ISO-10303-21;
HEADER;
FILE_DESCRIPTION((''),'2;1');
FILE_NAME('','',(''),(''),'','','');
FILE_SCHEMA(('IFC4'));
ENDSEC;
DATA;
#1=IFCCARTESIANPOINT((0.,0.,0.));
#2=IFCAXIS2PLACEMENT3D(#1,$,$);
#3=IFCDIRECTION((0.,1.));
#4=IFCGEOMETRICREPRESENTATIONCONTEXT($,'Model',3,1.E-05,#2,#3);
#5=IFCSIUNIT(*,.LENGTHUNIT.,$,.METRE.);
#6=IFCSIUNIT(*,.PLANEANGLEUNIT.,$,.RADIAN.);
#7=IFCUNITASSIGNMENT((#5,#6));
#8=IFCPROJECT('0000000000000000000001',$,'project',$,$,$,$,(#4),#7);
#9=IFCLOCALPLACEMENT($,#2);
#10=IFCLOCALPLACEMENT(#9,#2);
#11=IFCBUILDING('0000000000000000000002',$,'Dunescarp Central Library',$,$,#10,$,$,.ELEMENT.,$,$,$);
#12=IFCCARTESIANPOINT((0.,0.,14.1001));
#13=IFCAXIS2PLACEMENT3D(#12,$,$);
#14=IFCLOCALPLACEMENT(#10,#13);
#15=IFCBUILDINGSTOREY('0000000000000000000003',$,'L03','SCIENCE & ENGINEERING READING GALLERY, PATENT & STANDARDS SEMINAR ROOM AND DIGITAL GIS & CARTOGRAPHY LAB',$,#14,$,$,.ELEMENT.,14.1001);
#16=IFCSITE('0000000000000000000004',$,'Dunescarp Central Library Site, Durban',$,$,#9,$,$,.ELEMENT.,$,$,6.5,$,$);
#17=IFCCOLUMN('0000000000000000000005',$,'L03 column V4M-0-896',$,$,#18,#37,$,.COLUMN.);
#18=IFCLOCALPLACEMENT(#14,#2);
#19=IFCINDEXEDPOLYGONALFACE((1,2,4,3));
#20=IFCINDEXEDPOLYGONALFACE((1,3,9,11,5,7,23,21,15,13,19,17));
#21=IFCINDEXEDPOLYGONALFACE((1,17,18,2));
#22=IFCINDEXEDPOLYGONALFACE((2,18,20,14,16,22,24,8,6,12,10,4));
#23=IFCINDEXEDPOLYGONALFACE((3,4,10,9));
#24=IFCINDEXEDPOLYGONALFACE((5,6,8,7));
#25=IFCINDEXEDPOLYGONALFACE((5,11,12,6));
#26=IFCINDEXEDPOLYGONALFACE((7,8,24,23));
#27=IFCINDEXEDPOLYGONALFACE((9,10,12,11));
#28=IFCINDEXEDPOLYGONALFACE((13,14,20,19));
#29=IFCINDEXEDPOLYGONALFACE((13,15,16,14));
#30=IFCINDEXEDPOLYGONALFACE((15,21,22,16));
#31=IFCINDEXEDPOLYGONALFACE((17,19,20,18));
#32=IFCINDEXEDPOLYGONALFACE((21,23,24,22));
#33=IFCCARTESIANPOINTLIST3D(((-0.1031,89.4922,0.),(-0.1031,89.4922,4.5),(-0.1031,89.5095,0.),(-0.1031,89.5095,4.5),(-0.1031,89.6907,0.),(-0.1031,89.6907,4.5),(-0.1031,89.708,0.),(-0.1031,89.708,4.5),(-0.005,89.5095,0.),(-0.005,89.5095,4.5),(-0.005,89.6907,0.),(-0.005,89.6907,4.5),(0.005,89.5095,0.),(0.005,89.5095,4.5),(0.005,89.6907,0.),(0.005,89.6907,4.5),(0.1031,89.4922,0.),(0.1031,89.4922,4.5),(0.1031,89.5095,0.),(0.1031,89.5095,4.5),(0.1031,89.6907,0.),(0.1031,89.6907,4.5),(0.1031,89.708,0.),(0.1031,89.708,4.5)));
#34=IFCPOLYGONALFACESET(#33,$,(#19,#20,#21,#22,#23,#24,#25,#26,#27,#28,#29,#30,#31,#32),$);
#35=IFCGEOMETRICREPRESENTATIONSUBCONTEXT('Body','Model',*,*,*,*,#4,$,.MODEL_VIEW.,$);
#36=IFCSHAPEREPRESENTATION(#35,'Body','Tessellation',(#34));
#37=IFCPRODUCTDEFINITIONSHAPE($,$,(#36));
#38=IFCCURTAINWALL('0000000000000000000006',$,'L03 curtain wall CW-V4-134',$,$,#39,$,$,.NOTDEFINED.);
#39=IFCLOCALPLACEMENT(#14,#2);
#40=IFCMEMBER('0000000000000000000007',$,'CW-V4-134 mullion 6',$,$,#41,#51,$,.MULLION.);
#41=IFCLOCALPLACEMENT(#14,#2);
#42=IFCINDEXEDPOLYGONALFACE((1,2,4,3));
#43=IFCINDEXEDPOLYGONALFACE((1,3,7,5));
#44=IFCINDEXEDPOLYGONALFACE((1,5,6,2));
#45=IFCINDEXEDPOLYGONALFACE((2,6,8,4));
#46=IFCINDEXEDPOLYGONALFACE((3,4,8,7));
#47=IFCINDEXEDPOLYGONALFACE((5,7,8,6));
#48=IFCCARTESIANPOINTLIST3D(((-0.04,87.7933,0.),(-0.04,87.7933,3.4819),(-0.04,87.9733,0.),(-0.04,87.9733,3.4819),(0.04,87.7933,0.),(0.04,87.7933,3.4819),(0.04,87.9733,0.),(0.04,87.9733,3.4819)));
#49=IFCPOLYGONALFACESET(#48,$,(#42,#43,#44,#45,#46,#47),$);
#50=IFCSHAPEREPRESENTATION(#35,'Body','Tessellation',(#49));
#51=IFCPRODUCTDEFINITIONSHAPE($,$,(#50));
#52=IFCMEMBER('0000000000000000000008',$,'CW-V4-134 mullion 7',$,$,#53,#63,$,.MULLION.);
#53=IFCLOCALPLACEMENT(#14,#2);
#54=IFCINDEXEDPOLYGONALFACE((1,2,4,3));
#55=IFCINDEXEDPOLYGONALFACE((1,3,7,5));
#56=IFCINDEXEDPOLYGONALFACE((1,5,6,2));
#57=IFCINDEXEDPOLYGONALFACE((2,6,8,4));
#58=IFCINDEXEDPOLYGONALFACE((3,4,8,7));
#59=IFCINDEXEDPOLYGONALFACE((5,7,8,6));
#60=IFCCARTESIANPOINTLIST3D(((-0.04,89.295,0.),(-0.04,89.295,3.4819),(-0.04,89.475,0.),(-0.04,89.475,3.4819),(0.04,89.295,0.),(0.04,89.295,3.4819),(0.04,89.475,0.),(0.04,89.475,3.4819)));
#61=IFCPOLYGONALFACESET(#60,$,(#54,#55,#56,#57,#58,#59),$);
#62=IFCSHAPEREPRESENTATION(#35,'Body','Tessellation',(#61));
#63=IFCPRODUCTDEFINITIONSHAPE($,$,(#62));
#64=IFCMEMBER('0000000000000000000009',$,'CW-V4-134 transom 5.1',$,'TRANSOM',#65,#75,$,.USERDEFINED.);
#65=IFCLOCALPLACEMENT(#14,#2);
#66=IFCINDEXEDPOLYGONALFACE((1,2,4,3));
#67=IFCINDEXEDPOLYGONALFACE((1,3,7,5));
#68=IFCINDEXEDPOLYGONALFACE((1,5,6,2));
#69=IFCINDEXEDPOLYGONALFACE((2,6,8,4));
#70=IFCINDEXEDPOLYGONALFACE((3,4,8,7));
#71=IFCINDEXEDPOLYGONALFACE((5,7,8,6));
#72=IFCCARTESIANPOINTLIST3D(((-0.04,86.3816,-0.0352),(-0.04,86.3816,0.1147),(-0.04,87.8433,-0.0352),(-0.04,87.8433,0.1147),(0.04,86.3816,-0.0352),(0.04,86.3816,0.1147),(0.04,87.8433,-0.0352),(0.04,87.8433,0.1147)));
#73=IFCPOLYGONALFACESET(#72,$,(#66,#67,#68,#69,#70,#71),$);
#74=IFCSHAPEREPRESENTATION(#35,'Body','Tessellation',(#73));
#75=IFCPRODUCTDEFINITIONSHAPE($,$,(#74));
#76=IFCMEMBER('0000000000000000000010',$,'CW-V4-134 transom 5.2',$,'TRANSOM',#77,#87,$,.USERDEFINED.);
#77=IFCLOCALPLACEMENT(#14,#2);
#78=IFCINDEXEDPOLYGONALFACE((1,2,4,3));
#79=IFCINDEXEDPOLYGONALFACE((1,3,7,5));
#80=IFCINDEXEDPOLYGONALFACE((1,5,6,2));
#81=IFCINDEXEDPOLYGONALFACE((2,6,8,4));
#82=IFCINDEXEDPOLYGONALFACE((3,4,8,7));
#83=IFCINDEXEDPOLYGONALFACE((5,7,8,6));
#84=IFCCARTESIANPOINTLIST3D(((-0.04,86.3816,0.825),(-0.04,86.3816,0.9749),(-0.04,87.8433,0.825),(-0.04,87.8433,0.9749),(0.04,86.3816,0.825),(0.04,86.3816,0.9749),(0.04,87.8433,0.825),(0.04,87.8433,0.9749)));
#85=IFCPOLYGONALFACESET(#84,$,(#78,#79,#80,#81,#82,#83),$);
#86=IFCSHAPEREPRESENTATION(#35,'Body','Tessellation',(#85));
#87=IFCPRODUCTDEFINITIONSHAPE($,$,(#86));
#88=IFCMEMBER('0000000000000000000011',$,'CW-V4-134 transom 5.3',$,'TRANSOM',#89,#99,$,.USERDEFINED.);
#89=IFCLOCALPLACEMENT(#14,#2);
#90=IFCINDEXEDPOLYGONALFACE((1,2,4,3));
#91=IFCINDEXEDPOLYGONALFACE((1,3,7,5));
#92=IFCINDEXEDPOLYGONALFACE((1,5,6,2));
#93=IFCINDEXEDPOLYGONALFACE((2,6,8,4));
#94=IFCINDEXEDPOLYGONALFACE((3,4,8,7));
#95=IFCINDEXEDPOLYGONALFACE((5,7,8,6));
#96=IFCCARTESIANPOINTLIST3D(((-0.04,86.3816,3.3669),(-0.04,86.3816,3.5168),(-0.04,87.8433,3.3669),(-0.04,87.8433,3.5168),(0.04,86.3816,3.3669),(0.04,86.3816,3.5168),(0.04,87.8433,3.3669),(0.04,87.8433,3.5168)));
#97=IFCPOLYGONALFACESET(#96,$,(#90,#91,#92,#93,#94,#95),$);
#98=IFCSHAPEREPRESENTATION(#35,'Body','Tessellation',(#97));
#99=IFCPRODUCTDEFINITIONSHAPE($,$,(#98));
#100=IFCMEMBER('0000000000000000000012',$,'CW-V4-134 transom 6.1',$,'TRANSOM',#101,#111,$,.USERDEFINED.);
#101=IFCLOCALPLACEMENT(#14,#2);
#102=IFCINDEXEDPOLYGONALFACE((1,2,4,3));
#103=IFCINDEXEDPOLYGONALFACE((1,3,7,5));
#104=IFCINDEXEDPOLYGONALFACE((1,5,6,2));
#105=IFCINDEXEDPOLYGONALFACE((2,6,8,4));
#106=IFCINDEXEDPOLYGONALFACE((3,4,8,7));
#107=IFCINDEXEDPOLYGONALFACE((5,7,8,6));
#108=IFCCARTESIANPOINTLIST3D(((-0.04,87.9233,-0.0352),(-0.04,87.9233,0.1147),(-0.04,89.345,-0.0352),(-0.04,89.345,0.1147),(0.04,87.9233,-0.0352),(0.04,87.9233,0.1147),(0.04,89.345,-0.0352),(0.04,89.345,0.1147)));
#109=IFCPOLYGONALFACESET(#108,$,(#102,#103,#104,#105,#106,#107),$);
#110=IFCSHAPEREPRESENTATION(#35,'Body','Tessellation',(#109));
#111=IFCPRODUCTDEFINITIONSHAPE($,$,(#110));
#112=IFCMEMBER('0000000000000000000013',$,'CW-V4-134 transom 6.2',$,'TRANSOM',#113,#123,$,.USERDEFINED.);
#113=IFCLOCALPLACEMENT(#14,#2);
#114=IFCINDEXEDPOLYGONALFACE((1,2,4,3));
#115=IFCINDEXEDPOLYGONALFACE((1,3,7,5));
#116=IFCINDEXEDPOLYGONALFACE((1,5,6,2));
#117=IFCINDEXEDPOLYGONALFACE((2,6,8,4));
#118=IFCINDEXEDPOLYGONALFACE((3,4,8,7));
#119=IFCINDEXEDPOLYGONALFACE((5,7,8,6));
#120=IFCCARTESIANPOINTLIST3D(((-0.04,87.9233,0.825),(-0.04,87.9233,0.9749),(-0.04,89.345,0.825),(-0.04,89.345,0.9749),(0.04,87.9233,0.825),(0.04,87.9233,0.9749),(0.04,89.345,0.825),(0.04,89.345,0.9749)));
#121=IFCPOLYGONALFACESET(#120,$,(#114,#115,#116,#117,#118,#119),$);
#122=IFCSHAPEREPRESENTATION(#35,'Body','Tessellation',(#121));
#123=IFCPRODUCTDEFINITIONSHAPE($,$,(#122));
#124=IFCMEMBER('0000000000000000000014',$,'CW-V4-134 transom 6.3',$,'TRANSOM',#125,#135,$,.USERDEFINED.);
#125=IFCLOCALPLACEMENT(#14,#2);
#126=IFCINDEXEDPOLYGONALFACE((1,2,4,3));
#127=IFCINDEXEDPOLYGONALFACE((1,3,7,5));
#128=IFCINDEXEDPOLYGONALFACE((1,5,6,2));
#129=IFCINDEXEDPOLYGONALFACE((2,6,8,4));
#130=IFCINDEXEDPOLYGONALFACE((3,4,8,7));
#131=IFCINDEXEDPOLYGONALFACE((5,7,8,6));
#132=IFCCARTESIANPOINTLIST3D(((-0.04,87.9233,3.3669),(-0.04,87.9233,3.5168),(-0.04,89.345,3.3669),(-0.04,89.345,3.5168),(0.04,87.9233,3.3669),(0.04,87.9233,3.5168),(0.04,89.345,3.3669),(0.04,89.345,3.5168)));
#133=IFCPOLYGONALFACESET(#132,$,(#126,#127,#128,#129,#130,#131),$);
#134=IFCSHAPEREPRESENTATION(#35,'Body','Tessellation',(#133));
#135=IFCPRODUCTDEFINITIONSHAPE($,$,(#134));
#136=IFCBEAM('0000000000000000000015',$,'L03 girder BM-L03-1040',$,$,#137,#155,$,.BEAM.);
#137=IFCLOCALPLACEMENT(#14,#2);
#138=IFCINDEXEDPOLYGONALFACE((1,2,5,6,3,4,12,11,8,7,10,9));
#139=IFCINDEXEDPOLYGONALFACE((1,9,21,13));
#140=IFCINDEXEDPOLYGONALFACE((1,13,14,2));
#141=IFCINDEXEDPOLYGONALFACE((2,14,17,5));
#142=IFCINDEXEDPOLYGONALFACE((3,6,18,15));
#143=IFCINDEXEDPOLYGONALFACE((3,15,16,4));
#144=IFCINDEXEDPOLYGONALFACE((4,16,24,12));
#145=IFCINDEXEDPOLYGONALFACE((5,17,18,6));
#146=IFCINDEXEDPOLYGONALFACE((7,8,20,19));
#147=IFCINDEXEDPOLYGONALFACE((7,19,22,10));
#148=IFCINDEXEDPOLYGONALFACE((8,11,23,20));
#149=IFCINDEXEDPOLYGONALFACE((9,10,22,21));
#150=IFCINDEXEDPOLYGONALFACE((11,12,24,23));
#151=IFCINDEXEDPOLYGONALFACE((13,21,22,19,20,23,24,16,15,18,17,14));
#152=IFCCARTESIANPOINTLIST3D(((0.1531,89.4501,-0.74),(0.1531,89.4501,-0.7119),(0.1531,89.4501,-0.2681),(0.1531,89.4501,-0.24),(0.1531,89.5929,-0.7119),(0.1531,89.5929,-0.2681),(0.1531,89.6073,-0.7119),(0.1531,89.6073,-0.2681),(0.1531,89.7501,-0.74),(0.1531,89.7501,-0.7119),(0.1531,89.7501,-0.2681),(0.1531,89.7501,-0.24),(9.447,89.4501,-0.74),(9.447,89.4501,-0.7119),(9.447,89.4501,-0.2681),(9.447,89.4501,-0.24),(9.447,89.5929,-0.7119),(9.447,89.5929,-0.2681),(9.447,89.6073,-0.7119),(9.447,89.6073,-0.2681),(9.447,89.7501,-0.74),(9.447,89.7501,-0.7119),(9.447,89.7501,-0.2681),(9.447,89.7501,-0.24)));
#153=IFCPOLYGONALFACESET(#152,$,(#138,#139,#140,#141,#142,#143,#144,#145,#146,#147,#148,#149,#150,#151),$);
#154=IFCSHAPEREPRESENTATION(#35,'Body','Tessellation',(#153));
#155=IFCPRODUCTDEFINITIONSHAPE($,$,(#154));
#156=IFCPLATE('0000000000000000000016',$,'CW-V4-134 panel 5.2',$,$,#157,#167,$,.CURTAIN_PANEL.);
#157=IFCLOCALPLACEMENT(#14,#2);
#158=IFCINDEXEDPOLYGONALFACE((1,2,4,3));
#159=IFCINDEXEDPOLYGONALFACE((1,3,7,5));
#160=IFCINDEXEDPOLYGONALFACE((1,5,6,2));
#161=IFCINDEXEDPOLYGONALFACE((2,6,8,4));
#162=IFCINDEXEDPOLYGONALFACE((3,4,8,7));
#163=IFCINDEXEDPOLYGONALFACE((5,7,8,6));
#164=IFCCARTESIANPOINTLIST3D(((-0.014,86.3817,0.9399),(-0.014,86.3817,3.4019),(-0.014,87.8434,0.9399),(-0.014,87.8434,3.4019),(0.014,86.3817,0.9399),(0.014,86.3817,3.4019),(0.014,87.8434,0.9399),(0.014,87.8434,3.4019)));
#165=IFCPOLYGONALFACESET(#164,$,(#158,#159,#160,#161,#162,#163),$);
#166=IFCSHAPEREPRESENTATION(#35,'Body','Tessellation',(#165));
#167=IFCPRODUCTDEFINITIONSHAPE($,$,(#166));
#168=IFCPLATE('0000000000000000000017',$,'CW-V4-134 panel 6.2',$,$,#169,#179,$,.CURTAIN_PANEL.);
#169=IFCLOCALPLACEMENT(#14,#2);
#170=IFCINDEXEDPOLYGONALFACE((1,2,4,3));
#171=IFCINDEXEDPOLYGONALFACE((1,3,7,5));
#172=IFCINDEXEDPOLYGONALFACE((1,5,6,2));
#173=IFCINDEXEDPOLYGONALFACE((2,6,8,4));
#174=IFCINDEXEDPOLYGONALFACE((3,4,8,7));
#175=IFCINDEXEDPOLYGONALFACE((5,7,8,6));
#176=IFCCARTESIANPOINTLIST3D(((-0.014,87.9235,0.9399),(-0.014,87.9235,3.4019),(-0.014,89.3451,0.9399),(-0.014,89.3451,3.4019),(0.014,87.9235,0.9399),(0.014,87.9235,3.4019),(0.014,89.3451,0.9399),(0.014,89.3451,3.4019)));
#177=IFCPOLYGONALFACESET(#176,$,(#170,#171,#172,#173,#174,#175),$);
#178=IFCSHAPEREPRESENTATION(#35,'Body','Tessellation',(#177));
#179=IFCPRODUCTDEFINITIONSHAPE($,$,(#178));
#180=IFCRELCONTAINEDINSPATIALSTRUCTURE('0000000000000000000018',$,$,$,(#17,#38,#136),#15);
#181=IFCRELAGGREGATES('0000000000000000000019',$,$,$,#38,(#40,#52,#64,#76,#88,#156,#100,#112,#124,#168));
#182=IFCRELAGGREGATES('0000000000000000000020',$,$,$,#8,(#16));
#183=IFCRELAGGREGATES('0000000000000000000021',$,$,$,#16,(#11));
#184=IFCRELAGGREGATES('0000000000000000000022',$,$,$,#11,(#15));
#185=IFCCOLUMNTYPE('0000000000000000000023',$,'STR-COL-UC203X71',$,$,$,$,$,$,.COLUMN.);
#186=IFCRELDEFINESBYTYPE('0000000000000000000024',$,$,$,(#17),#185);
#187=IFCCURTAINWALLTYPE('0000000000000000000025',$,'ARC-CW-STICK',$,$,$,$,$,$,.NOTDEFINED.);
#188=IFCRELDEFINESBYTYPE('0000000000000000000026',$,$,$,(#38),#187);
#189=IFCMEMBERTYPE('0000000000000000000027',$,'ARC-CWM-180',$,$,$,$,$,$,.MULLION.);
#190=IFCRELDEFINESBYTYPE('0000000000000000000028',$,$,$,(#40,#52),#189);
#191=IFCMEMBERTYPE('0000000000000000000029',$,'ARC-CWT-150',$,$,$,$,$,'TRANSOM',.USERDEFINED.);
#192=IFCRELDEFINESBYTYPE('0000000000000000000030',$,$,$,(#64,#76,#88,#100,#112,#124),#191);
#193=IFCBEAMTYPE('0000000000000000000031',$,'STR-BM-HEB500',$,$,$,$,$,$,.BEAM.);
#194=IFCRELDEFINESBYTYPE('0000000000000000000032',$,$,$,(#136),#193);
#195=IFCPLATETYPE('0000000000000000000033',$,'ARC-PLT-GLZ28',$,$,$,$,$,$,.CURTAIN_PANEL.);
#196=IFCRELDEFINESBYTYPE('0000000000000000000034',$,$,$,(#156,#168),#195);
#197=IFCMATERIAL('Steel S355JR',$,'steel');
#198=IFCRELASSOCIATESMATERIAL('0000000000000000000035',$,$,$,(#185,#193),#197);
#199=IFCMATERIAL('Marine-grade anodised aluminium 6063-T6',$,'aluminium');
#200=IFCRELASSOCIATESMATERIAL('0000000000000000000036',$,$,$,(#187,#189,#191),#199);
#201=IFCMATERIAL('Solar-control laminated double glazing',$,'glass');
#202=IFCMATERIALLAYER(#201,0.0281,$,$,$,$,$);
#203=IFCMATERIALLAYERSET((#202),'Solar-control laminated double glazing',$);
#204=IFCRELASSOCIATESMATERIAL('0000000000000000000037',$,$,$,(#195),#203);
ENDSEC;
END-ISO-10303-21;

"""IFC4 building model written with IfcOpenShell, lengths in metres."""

from ifc_helpers import new_model, si_unit, direction, frame, origin, origin_2d, place, context, subcontext, project, spatial, rectangle, i_section, extrude, material, layer, layer_set, material_profile, profile_set, type_object, element, aggregate, save


model = new_model("IFC4")

# Units and contexts
model_context = context("Model", 3, precision=1e-05, world=origin(), true_north=direction((0.0, 1.0)))
body_context = subcontext(model_context, "Body", "Model", "MODEL_VIEW")
ifc_project = project(units=[si_unit("LENGTHUNIT", "METRE"), si_unit("PLANEANGLEUNIT", "RADIAN")], contexts=[model_context])

# Site, building, storey
site_placement = place(None, origin())
site = spatial("IfcSite", under=ifc_project, at=site_placement, Name="Dunescarp Central Library Site, Durban", CompositionType="ELEMENT", RefElevation=6.5)
building_placement = place(site_placement, origin())
building = spatial("IfcBuilding", under=site, at=building_placement, Name="Dunescarp Central Library", CompositionType="ELEMENT")
storey_placement = place(building_placement, frame((0.0, 0.0, 14.1001)))
storey = spatial("IfcBuildingStorey", under=building, at=storey_placement, Name="L03", Description="SCIENCE & ENGINEERING READING GALLERY, PATENT & STANDARDS SEMINAR ROOM AND DIGITAL GIS & CARTOGRAPHY LAB", CompositionType="ELEMENT", Elevation=14.1001)

# Column
ifc_material_1 = material(Name="Steel S355JR", Category="steel")
ifc_material_profile_1 = material_profile(ifc_material_1, i_section(OverallWidth=0.2063, OverallDepth=0.2158, WebThickness=0.01, FlangeThickness=0.0173, at=origin_2d()), Name="UC 203x203x71")
ifc_profile_set_1 = profile_set([ifc_material_profile_1], Name="Steel S355JR")
column_type = type_object("IfcColumnType", Name="STR-COL-UC203X71", PredefinedType="COLUMN", material=ifc_profile_set_1)
column_placement = place(storey_placement, frame((0.0, 89.6001, 0.0), z_axis=(0.0, 0.0, 1.0), x_axis=(1.0, 0.0, 0.0)))
element("IfcColumn", 1, at=column_placement, inside=storey, type_object=column_type, Name="L03 column V4M-0-896", PredefinedType="COLUMN", context=body_context, shape_type="SweptSolid", body=[
    extrude(i_section(OverallWidth=0.2063, OverallDepth=0.2158, WebThickness=0.01, FlangeThickness=0.0173, at=origin_2d()), origin(), (0.0, 0.0, 1.0), 4.5),
])

# Curtain wall, members
ifc_material_2 = material(Name="Marine-grade anodised aluminium 6063-T6", Category="aluminium")
curtain_wall_type = type_object("IfcCurtainWallType", Name="ARC-CW-STICK", PredefinedType="NOTDEFINED", material=ifc_material_2)
curtain_wall_placement = place(storey_placement, origin())
curtain_wall = element("IfcCurtainWall", 2, at=curtain_wall_placement, inside=storey, type_object=curtain_wall_type, Name="L03 curtain wall CW-V4-134", PredefinedType="NOTDEFINED")
ifc_material_profile_2 = material_profile(ifc_material_2, rectangle(XDim=0.0801, YDim=0.1799, at=origin_2d()), Name="AL 80x180")
ifc_profile_set_2 = profile_set([ifc_material_profile_2], Name="Marine-grade anodised aluminium 6063-T6")
member_type_1 = type_object("IfcMemberType", Name="ARC-CWM-180", PredefinedType="MULLION", material=ifc_profile_set_2)
member_1_placement = place(storey_placement, frame((0.0, 87.8833, 0.0), z_axis=(0.0, 0.0, 1.0), x_axis=(-1.0, 0.0, 0.0)))
member_1 = element("IfcMember", 3, at=member_1_placement, type_object=member_type_1, Name="CW-V4-134 mullion 6", PredefinedType="MULLION", context=body_context, shape_type="SweptSolid", body=[
    extrude(rectangle(XDim=0.0801, YDim=0.1799, at=origin_2d()), origin(), (0.0, 0.0, 1.0), 3.4819),
])
member_2_placement = place(storey_placement, frame((0.0, 89.385, 0.0), z_axis=(0.0, 0.0, 1.0), x_axis=(-1.0, 0.0, 0.0)))
member_2 = element("IfcMember", 4, at=member_2_placement, type_object=member_type_1, Name="CW-V4-134 mullion 7", PredefinedType="MULLION", context=body_context, shape_type="SweptSolid", body=[
    extrude(rectangle(XDim=0.0801, YDim=0.1799, at=origin_2d()), origin(), (0.0, 0.0, 1.0), 3.4819),
])
ifc_material_profile_3 = material_profile(ifc_material_2, rectangle(XDim=0.0801, YDim=0.1499, at=origin_2d()), Name="AL 80x150")
ifc_profile_set_3 = profile_set([ifc_material_profile_3], Name="Marine-grade anodised aluminium 6063-T6")
member_type_2 = type_object("IfcMemberType", Name="ARC-CWT-150", ElementType="TRANSOM", PredefinedType="USERDEFINED", material=ifc_profile_set_3)
member_3_placement = place(storey_placement, frame((0.0, 86.3816, 0.0398), z_axis=(0.0, 1.0, 0.0), x_axis=(-1.0, 0.0, 0.0)))
member_3 = element("IfcMember", 5, at=member_3_placement, type_object=member_type_2, Name="CW-V4-134 transom 5.1", ObjectType="TRANSOM", PredefinedType="USERDEFINED", context=body_context, shape_type="SweptSolid", body=[
    extrude(rectangle(XDim=0.0801, YDim=0.1499, at=origin_2d()), origin(), (0.0, 0.0, 1.0), 1.4617),
])
member_4_placement = place(storey_placement, frame((0.0, 86.3816, 0.8999), z_axis=(0.0, 1.0, 0.0), x_axis=(-1.0, 0.0, 0.0)))
member_4 = element("IfcMember", 6, at=member_4_placement, type_object=member_type_2, Name="CW-V4-134 transom 5.2", ObjectType="TRANSOM", PredefinedType="USERDEFINED", context=body_context, shape_type="SweptSolid", body=[
    extrude(rectangle(XDim=0.0801, YDim=0.1499, at=origin_2d()), origin(), (0.0, 0.0, 1.0), 1.4617),
])
member_5_placement = place(storey_placement, frame((0.0, 86.3816, 3.4419), z_axis=(0.0, 1.0, 0.0), x_axis=(-1.0, 0.0, 0.0)))
member_5 = element("IfcMember", 7, at=member_5_placement, type_object=member_type_2, Name="CW-V4-134 transom 5.3", ObjectType="TRANSOM", PredefinedType="USERDEFINED", context=body_context, shape_type="SweptSolid", body=[
    extrude(rectangle(XDim=0.0801, YDim=0.1499, at=origin_2d()), origin(), (0.0, 0.0, 1.0), 1.4617),
])
member_6_placement = place(storey_placement, frame((0.0, 87.9233, 0.0398), z_axis=(0.0, 1.0, 0.0), x_axis=(-1.0, 0.0, 0.0)))
member_6 = element("IfcMember", 8, at=member_6_placement, type_object=member_type_2, Name="CW-V4-134 transom 6.1", ObjectType="TRANSOM", PredefinedType="USERDEFINED", context=body_context, shape_type="SweptSolid", body=[
    extrude(rectangle(XDim=0.0801, YDim=0.1499, at=origin_2d()), origin(), (0.0, 0.0, 1.0), 1.4216),
])
member_7_placement = place(storey_placement, frame((0.0, 87.9233, 0.8999), z_axis=(0.0, 1.0, 0.0), x_axis=(-1.0, 0.0, 0.0)))
member_7 = element("IfcMember", 9, at=member_7_placement, type_object=member_type_2, Name="CW-V4-134 transom 6.2", ObjectType="TRANSOM", PredefinedType="USERDEFINED", context=body_context, shape_type="SweptSolid", body=[
    extrude(rectangle(XDim=0.0801, YDim=0.1499, at=origin_2d()), origin(), (0.0, 0.0, 1.0), 1.4216),
])
member_8_placement = place(storey_placement, frame((0.0, 87.9233, 3.4419), z_axis=(0.0, 1.0, 0.0), x_axis=(-1.0, 0.0, 0.0)))
member_8 = element("IfcMember", 10, at=member_8_placement, type_object=member_type_2, Name="CW-V4-134 transom 6.3", ObjectType="TRANSOM", PredefinedType="USERDEFINED", context=body_context, shape_type="SweptSolid", body=[
    extrude(rectangle(XDim=0.0801, YDim=0.1499, at=origin_2d()), origin(), (0.0, 0.0, 1.0), 1.4216),
])

# Beam
ifc_material_profile_4 = material_profile(ifc_material_1, i_section(OverallWidth=0.3, OverallDepth=0.5, WebThickness=0.0144, FlangeThickness=0.0281, at=origin_2d()), Name="HEB 500")
ifc_profile_set_4 = profile_set([ifc_material_profile_4], Name="Steel S355JR")
beam_type = type_object("IfcBeamType", Name="STR-BM-HEB500", PredefinedType="BEAM", material=ifc_profile_set_4)
beam_placement = place(storey_placement, frame((0.1531, 89.6001, -0.49), z_axis=(1.0, 0.0, 0.0), x_axis=(0.0, 1.0, 0.0)))
element("IfcBeam", 11, at=beam_placement, inside=storey, type_object=beam_type, Name="L03 girder BM-L03-1040", PredefinedType="BEAM", context=body_context, shape_type="SweptSolid", body=[
    extrude(i_section(OverallWidth=0.3, OverallDepth=0.5, WebThickness=0.0144, FlangeThickness=0.0281, at=origin_2d()), origin(), (0.0, 0.0, 1.0), 9.2939),
])

# Plates
ifc_material_3 = material(Name="Solar-control laminated double glazing", Category="glass")
ifc_layer_1 = layer(ifc_material_3, 0.0281)
ifc_layer_set_1 = layer_set([ifc_layer_1], Name="Solar-control laminated double glazing")
plate_type_1 = type_object("IfcPlateType", Name="ARC-PLT-GLZ28", PredefinedType="CURTAIN_PANEL", material=ifc_layer_set_1)
plate_1_placement = place(storey_placement, frame((0.0, 87.1125, 0.9399), z_axis=(0.0, 0.0, 1.0), x_axis=(0.0, 1.0, 0.0)))
plate_1 = element("IfcPlate", 12, at=plate_1_placement, type_object=plate_type_1, Name="CW-V4-134 panel 5.2", PredefinedType="CURTAIN_PANEL", context=body_context, shape_type="SweptSolid", body=[
    extrude(rectangle(XDim=1.4617, YDim=0.0281, at=origin_2d()), origin(), (0.0, 0.0, 1.0), 2.4619),
])
plate_2_placement = place(storey_placement, frame((0.0, 88.6343, 0.9399), z_axis=(0.0, 0.0, 1.0), x_axis=(0.0, 1.0, 0.0)))
plate_2 = element("IfcPlate", 13, at=plate_2_placement, type_object=plate_type_1, Name="CW-V4-134 panel 6.2", PredefinedType="CURTAIN_PANEL", context=body_context, shape_type="SweptSolid", body=[
    extrude(rectangle(XDim=1.4216, YDim=0.0281, at=origin_2d()), origin(), (0.0, 0.0, 1.0), 2.4619),
])
aggregate(curtain_wall, [member_1, member_2, member_3, member_4, member_5, plate_1, member_6, member_7, member_8, plate_2])

save(model, "model.ifc")
